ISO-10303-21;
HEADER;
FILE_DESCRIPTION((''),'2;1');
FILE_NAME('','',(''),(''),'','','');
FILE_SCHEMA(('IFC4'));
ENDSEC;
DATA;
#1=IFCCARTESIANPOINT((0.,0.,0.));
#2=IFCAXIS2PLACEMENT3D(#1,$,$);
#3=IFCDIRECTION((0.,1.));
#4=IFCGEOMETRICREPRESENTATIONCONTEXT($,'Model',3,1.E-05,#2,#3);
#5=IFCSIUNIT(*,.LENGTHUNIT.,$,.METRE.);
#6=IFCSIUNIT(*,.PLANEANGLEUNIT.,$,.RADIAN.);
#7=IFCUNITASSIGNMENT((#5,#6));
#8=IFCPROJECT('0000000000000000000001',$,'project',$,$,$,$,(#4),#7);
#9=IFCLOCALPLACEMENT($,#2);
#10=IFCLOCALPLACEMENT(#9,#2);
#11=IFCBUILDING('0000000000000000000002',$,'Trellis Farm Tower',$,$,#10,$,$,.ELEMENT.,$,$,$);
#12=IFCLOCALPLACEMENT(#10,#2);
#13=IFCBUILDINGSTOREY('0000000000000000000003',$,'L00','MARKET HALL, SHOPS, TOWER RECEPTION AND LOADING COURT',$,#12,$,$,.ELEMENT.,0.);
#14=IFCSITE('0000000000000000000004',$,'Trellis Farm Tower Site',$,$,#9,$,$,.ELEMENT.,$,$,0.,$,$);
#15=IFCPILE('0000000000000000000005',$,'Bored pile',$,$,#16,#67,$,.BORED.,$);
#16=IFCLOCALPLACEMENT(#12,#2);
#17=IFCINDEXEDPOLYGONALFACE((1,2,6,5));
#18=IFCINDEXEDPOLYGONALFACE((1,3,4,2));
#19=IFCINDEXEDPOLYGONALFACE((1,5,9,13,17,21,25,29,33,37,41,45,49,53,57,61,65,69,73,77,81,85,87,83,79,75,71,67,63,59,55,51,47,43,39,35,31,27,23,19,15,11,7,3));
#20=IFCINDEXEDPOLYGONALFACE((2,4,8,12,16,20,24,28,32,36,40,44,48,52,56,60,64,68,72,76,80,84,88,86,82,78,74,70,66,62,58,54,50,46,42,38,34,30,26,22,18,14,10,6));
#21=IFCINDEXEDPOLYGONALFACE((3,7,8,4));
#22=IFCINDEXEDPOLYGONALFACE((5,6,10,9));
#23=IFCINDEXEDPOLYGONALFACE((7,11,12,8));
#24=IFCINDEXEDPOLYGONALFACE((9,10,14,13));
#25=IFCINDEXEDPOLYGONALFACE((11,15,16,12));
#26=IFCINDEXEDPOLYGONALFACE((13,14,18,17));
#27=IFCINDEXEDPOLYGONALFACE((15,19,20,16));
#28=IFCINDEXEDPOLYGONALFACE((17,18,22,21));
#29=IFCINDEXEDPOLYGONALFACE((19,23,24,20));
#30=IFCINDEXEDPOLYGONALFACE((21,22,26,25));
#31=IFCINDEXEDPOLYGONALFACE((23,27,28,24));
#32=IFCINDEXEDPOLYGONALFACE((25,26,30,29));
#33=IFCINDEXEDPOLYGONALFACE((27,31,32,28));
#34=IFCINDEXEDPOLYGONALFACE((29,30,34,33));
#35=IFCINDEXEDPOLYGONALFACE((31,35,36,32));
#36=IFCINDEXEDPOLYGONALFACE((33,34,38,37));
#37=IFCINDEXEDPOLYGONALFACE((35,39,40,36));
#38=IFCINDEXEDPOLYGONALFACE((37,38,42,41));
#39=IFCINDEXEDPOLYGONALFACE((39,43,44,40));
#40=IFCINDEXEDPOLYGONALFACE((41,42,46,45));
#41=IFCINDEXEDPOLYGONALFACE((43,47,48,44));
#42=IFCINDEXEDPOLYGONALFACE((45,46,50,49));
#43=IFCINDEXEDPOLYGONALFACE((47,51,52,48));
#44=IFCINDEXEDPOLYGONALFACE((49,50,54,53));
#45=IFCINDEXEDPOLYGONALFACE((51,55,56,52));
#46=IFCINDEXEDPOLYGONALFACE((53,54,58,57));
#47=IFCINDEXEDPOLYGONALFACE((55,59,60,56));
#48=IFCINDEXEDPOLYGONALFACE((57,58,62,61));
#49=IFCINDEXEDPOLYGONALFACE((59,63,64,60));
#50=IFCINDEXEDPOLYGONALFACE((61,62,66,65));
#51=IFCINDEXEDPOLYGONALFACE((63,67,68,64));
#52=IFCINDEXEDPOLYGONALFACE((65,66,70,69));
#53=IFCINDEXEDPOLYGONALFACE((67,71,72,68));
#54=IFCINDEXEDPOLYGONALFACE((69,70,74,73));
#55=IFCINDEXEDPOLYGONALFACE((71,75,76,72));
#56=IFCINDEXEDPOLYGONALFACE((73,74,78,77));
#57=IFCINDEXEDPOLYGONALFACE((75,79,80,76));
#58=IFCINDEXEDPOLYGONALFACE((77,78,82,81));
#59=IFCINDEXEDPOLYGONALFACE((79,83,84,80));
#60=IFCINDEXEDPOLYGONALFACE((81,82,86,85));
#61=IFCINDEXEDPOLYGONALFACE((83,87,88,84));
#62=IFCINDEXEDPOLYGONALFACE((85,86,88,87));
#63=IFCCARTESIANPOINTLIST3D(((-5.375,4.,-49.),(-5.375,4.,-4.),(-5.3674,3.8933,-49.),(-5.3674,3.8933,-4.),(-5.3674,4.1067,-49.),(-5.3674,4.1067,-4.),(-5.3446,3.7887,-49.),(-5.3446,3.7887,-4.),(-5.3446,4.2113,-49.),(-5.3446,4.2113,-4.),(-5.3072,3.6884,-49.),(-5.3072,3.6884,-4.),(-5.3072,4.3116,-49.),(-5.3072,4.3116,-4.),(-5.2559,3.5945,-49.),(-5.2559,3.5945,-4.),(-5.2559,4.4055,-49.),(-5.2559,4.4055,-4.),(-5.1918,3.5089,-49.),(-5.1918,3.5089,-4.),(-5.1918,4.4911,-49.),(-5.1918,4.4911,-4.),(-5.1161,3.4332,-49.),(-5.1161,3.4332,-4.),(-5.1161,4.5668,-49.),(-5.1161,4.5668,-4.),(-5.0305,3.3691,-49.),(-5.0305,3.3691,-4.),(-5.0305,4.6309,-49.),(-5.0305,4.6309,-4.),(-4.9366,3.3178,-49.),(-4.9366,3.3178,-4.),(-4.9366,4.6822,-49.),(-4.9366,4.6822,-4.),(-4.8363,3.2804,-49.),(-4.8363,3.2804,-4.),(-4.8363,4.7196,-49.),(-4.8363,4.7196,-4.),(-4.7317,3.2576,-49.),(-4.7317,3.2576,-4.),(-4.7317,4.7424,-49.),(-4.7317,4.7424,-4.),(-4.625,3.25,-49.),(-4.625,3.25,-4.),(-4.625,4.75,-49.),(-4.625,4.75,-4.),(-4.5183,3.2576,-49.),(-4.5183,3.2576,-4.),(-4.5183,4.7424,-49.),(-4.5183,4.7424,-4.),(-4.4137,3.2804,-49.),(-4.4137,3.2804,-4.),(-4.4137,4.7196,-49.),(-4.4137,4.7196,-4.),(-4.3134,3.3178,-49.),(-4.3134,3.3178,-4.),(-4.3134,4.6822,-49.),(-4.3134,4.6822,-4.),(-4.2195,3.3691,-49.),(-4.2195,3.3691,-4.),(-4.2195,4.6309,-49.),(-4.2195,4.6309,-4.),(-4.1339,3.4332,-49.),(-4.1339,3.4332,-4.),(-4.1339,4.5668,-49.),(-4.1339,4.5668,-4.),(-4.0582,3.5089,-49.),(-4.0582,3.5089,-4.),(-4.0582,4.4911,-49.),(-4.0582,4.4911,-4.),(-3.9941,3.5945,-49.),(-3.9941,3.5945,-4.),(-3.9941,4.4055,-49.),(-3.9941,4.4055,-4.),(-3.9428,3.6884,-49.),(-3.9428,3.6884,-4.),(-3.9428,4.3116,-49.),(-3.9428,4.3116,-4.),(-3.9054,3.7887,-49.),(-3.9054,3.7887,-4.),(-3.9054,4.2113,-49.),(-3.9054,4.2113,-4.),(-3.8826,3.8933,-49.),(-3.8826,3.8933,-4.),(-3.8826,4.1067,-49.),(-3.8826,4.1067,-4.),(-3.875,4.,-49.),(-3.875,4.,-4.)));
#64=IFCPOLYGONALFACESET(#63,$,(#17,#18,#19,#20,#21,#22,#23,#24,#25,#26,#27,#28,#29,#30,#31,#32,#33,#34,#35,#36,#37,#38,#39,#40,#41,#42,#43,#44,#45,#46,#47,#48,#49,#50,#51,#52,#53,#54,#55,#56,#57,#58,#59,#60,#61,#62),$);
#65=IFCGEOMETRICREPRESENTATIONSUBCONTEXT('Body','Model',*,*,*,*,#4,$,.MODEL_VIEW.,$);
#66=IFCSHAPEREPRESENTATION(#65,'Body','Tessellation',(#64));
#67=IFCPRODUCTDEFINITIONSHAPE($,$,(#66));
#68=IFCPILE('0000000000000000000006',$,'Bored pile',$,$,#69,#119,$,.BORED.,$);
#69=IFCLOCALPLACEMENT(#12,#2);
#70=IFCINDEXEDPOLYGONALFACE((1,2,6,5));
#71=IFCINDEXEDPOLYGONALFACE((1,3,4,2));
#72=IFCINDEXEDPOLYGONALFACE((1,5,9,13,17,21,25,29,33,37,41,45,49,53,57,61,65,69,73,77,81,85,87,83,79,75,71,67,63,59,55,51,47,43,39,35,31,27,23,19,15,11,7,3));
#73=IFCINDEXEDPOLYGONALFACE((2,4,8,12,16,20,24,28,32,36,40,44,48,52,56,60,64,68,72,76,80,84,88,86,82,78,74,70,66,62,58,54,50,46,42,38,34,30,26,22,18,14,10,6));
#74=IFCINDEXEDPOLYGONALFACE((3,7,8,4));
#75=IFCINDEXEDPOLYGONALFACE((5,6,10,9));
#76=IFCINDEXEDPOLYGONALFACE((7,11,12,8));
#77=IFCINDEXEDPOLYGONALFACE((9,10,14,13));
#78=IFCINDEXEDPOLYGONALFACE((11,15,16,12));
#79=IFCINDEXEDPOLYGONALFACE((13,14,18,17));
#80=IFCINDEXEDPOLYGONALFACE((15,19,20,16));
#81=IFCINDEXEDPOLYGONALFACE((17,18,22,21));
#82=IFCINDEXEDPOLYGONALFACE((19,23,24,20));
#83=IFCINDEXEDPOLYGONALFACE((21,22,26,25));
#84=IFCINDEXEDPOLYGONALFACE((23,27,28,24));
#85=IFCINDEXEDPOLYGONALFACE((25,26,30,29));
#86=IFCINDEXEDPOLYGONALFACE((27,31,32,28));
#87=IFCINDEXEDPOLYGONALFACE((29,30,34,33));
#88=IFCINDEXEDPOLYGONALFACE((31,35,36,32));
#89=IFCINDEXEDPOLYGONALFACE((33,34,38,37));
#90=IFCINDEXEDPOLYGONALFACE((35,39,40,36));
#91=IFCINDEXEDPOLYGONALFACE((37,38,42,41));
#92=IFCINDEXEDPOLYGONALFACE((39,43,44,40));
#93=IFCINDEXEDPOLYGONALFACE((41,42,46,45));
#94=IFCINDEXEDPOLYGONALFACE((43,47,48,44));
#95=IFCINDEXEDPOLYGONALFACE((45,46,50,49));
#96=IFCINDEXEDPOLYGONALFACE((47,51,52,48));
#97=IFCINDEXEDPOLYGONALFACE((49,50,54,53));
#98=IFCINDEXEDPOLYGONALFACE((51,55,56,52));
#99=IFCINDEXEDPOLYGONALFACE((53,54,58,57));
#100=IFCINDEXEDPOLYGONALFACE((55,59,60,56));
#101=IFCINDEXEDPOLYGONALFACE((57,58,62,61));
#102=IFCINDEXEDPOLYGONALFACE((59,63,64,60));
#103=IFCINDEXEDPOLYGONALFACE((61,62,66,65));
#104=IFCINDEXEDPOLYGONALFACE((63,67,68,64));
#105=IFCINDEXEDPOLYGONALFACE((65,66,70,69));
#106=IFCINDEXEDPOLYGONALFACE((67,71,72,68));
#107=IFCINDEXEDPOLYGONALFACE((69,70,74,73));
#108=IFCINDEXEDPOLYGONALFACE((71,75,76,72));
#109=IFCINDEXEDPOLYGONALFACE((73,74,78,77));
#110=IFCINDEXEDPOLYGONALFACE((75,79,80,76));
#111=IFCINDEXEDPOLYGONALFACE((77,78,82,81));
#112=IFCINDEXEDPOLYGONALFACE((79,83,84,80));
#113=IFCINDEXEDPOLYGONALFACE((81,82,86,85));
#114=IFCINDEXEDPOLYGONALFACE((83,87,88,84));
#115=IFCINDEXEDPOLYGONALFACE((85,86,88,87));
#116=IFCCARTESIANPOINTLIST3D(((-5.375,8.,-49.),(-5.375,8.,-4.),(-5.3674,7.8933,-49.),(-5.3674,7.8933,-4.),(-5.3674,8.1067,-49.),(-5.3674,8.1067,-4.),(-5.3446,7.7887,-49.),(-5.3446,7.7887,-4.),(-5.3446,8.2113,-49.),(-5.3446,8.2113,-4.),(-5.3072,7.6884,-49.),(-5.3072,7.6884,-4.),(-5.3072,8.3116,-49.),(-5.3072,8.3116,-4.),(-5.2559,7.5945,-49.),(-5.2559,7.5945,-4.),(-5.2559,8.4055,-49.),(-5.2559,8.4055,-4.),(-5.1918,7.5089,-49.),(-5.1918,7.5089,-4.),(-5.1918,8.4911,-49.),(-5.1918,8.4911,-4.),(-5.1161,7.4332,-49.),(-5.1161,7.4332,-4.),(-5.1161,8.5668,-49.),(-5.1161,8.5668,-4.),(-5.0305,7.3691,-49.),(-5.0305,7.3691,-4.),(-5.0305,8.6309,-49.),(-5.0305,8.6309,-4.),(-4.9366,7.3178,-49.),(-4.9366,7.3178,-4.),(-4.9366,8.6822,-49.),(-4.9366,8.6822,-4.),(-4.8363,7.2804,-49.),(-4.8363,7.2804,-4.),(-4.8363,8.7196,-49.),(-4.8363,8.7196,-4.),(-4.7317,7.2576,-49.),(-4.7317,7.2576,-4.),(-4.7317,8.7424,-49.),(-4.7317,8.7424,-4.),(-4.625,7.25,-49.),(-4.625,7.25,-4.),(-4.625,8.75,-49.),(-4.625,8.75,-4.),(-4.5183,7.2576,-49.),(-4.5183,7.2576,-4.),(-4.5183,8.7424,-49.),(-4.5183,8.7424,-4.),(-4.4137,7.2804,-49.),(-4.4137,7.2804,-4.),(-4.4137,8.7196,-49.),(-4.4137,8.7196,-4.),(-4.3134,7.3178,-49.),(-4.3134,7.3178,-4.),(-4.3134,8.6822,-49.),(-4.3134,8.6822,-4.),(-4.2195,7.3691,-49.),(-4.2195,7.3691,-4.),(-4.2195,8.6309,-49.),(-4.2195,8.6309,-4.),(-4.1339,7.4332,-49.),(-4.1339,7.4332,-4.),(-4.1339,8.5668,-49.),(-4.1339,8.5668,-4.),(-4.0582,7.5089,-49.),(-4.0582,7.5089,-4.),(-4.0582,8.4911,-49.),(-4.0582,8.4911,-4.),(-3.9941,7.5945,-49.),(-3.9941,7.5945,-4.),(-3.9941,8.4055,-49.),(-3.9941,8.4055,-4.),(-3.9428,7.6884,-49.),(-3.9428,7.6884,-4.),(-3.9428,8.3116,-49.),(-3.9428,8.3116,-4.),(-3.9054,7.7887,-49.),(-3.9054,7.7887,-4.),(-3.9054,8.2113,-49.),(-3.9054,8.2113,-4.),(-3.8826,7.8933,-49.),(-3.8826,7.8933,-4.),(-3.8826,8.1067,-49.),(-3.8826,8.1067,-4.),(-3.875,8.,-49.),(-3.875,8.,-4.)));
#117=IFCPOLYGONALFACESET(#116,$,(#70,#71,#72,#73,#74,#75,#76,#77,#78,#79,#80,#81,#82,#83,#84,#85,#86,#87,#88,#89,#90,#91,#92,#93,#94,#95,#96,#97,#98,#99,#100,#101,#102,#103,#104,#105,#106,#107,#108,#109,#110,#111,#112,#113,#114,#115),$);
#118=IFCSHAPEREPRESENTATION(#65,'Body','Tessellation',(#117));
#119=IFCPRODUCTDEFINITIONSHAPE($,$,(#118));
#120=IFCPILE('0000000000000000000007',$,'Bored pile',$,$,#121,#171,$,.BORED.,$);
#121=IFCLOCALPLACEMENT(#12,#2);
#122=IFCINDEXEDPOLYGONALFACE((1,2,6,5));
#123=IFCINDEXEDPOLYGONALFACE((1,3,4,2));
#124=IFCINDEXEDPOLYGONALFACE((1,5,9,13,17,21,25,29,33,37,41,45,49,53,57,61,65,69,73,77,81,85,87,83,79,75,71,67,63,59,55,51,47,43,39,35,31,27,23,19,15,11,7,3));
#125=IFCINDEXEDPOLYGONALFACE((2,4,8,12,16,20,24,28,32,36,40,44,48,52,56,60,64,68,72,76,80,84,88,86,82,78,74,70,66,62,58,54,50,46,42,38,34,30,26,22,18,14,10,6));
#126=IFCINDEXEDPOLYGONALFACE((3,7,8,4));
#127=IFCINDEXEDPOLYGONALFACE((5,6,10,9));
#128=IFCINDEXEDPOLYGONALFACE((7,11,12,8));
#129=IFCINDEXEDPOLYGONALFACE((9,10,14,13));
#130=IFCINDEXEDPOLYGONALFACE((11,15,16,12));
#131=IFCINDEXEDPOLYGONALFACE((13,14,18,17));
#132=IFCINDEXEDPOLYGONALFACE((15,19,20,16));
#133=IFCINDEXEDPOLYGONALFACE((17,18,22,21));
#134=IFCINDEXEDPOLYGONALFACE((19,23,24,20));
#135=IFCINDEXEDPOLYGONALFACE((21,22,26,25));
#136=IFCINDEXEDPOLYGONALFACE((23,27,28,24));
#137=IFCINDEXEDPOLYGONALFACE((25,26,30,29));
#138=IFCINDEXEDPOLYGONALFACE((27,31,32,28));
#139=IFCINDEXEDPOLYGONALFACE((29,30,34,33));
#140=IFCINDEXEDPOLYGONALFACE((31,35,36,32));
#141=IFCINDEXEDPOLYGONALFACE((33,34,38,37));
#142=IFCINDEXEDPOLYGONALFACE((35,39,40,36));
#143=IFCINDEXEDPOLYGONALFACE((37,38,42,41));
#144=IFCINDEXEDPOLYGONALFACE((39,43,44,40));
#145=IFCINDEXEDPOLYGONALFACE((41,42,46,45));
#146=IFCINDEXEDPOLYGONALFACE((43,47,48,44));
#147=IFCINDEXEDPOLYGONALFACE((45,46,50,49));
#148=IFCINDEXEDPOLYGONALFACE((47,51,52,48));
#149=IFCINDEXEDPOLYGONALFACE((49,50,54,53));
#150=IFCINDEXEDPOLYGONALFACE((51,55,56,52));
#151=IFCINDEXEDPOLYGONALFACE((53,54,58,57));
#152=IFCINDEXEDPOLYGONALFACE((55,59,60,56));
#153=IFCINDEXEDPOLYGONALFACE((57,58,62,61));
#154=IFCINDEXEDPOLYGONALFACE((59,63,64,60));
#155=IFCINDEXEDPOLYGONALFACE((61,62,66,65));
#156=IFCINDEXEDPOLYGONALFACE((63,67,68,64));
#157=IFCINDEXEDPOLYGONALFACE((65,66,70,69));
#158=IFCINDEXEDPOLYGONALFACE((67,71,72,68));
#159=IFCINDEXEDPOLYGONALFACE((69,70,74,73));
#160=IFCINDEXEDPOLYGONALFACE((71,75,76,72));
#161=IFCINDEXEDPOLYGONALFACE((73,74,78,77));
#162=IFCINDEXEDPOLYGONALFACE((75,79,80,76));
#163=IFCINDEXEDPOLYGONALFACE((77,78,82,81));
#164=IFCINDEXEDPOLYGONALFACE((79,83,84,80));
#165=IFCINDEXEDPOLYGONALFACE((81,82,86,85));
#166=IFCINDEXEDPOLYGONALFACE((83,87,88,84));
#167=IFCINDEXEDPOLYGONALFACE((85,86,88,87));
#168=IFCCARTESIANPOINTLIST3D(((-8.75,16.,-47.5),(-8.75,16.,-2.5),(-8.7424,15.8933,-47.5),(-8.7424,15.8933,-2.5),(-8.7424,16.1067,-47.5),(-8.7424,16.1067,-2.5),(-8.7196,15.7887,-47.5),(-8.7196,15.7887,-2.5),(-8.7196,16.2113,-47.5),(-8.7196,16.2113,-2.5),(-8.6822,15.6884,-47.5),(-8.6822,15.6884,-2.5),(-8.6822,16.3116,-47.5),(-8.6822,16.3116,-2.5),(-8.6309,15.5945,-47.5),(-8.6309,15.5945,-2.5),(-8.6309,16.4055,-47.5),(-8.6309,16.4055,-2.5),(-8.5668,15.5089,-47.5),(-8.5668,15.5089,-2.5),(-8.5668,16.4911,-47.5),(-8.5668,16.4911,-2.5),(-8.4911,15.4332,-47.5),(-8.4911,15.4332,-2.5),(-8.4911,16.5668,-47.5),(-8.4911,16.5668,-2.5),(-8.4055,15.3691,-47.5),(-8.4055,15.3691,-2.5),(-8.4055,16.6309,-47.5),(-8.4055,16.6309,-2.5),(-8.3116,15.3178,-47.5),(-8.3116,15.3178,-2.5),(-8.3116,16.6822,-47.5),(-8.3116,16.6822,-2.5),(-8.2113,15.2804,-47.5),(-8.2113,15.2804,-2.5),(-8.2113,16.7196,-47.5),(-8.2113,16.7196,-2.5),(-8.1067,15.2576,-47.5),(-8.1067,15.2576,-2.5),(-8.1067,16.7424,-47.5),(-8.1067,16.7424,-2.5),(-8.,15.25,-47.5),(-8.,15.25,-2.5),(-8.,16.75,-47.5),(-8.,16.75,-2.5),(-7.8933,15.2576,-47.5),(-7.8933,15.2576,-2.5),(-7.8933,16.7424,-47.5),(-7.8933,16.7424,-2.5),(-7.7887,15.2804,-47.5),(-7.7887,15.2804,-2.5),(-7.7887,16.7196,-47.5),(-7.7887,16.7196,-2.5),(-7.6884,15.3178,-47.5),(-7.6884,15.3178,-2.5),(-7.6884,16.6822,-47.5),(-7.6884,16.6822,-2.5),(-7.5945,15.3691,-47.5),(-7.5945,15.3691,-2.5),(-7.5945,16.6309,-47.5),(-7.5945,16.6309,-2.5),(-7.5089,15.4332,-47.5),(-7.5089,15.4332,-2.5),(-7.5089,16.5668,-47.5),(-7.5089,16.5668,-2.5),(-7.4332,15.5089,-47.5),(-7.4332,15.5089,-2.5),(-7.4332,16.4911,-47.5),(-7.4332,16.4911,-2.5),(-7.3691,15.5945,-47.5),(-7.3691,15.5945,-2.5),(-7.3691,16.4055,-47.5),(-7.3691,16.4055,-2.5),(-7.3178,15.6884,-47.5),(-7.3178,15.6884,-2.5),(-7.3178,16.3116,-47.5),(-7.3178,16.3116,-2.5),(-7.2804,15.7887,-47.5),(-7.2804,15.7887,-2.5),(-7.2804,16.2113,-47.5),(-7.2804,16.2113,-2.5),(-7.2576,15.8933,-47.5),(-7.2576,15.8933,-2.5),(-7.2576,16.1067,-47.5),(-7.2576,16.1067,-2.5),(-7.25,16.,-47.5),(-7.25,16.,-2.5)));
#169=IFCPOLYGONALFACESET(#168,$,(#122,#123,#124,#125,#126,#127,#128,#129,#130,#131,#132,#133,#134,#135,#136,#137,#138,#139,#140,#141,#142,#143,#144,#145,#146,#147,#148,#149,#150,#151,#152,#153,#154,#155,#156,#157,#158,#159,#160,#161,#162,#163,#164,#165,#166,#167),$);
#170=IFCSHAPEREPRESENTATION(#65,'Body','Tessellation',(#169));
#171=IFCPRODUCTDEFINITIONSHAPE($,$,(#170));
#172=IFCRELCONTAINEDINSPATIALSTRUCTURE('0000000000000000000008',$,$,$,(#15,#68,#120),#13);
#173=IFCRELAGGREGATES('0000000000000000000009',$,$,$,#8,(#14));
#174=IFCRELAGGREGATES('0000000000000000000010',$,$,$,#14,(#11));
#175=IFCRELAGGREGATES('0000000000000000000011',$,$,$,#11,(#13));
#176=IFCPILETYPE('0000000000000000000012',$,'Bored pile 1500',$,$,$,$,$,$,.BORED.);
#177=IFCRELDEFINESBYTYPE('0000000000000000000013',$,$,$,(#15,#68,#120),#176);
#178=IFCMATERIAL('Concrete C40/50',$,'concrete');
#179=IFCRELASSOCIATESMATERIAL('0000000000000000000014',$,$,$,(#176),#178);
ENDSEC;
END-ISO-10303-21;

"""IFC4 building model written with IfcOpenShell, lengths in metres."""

from ifc_helpers import new_model, si_unit, direction, frame, origin, origin_2d, place, context, subcontext, project, spatial, circle, extrude, source, transform, mapped, material, material_profile, profile_set, type_object, element, save


model = new_model("IFC4")

# Units and contexts
model_context = context("Model", 3, precision=1e-05, world=origin(), true_north=direction((0.0, 1.0)))
body_context = subcontext(model_context, "Body", "Model", "MODEL_VIEW")
ifc_project = project(units=[si_unit("LENGTHUNIT", "METRE"), si_unit("PLANEANGLEUNIT", "RADIAN")], contexts=[model_context])

# Site, building, storey
site_placement = place(None, origin())
site = spatial("IfcSite", under=ifc_project, at=site_placement, Name="Trellis Farm Tower Site", CompositionType="ELEMENT", RefElevation=0.0)
building_placement = place(site_placement, origin())
building = spatial("IfcBuilding", under=site, at=building_placement, Name="Trellis Farm Tower", CompositionType="ELEMENT")
storey_placement = place(building_placement, origin())
storey = spatial("IfcBuildingStorey", under=building, at=storey_placement, Name="L00", Description="MARKET HALL, SHOPS, TOWER RECEPTION AND LOADING COURT", CompositionType="ELEMENT", Elevation=0.0)

# Piles
ifc_material_1 = material(Name="Concrete C40/50", Category="concrete")
ifc_material_profile_1 = material_profile(ifc_material_1, circle(Radius=0.75, at=origin_2d()), Name="Bored pile 1500")
ifc_profile_set_1 = profile_set([ifc_material_profile_1], Name="Concrete C40/50")
pile_type = type_object("IfcPileType", Name="Bored pile 1500", PredefinedType="BORED", material=ifc_profile_set_1)
shared_shape_1 = source(origin(), body_context, "Body", "SweptSolid", [
    extrude(circle(Radius=0.75, at=origin_2d()), origin(), (0.0, 0.0, 1.0), 45.0),
])
for number, where, z_axis, x_axis, name in (
    (1, (-4.625, 4.0, -4.0), (0.0, 0.0, -1.0), (1.0, 0.0, 0.0), "Bored pile"),
    (2, (-4.625, 8.0, -4.0), (0.0, 0.0, -1.0), (1.0, 0.0, 0.0), "Bored pile"),
    (3, (-8.0, 16.0, -2.5), (0.0, 0.0, -1.0), (1.0, 0.0, 0.0), "Bored pile"),
):
    element("IfcPile", number, at=place(storey_placement, frame(where, z_axis=z_axis, x_axis=x_axis)), inside=storey, type_object=pile_type, Name=name, PredefinedType="BORED", context=body_context, shape_type="MappedRepresentation", body=[
        mapped(shared_shape_1, transform((0.0, 0.0, 0.0))),
    ])

save(model, "model.ifc")
